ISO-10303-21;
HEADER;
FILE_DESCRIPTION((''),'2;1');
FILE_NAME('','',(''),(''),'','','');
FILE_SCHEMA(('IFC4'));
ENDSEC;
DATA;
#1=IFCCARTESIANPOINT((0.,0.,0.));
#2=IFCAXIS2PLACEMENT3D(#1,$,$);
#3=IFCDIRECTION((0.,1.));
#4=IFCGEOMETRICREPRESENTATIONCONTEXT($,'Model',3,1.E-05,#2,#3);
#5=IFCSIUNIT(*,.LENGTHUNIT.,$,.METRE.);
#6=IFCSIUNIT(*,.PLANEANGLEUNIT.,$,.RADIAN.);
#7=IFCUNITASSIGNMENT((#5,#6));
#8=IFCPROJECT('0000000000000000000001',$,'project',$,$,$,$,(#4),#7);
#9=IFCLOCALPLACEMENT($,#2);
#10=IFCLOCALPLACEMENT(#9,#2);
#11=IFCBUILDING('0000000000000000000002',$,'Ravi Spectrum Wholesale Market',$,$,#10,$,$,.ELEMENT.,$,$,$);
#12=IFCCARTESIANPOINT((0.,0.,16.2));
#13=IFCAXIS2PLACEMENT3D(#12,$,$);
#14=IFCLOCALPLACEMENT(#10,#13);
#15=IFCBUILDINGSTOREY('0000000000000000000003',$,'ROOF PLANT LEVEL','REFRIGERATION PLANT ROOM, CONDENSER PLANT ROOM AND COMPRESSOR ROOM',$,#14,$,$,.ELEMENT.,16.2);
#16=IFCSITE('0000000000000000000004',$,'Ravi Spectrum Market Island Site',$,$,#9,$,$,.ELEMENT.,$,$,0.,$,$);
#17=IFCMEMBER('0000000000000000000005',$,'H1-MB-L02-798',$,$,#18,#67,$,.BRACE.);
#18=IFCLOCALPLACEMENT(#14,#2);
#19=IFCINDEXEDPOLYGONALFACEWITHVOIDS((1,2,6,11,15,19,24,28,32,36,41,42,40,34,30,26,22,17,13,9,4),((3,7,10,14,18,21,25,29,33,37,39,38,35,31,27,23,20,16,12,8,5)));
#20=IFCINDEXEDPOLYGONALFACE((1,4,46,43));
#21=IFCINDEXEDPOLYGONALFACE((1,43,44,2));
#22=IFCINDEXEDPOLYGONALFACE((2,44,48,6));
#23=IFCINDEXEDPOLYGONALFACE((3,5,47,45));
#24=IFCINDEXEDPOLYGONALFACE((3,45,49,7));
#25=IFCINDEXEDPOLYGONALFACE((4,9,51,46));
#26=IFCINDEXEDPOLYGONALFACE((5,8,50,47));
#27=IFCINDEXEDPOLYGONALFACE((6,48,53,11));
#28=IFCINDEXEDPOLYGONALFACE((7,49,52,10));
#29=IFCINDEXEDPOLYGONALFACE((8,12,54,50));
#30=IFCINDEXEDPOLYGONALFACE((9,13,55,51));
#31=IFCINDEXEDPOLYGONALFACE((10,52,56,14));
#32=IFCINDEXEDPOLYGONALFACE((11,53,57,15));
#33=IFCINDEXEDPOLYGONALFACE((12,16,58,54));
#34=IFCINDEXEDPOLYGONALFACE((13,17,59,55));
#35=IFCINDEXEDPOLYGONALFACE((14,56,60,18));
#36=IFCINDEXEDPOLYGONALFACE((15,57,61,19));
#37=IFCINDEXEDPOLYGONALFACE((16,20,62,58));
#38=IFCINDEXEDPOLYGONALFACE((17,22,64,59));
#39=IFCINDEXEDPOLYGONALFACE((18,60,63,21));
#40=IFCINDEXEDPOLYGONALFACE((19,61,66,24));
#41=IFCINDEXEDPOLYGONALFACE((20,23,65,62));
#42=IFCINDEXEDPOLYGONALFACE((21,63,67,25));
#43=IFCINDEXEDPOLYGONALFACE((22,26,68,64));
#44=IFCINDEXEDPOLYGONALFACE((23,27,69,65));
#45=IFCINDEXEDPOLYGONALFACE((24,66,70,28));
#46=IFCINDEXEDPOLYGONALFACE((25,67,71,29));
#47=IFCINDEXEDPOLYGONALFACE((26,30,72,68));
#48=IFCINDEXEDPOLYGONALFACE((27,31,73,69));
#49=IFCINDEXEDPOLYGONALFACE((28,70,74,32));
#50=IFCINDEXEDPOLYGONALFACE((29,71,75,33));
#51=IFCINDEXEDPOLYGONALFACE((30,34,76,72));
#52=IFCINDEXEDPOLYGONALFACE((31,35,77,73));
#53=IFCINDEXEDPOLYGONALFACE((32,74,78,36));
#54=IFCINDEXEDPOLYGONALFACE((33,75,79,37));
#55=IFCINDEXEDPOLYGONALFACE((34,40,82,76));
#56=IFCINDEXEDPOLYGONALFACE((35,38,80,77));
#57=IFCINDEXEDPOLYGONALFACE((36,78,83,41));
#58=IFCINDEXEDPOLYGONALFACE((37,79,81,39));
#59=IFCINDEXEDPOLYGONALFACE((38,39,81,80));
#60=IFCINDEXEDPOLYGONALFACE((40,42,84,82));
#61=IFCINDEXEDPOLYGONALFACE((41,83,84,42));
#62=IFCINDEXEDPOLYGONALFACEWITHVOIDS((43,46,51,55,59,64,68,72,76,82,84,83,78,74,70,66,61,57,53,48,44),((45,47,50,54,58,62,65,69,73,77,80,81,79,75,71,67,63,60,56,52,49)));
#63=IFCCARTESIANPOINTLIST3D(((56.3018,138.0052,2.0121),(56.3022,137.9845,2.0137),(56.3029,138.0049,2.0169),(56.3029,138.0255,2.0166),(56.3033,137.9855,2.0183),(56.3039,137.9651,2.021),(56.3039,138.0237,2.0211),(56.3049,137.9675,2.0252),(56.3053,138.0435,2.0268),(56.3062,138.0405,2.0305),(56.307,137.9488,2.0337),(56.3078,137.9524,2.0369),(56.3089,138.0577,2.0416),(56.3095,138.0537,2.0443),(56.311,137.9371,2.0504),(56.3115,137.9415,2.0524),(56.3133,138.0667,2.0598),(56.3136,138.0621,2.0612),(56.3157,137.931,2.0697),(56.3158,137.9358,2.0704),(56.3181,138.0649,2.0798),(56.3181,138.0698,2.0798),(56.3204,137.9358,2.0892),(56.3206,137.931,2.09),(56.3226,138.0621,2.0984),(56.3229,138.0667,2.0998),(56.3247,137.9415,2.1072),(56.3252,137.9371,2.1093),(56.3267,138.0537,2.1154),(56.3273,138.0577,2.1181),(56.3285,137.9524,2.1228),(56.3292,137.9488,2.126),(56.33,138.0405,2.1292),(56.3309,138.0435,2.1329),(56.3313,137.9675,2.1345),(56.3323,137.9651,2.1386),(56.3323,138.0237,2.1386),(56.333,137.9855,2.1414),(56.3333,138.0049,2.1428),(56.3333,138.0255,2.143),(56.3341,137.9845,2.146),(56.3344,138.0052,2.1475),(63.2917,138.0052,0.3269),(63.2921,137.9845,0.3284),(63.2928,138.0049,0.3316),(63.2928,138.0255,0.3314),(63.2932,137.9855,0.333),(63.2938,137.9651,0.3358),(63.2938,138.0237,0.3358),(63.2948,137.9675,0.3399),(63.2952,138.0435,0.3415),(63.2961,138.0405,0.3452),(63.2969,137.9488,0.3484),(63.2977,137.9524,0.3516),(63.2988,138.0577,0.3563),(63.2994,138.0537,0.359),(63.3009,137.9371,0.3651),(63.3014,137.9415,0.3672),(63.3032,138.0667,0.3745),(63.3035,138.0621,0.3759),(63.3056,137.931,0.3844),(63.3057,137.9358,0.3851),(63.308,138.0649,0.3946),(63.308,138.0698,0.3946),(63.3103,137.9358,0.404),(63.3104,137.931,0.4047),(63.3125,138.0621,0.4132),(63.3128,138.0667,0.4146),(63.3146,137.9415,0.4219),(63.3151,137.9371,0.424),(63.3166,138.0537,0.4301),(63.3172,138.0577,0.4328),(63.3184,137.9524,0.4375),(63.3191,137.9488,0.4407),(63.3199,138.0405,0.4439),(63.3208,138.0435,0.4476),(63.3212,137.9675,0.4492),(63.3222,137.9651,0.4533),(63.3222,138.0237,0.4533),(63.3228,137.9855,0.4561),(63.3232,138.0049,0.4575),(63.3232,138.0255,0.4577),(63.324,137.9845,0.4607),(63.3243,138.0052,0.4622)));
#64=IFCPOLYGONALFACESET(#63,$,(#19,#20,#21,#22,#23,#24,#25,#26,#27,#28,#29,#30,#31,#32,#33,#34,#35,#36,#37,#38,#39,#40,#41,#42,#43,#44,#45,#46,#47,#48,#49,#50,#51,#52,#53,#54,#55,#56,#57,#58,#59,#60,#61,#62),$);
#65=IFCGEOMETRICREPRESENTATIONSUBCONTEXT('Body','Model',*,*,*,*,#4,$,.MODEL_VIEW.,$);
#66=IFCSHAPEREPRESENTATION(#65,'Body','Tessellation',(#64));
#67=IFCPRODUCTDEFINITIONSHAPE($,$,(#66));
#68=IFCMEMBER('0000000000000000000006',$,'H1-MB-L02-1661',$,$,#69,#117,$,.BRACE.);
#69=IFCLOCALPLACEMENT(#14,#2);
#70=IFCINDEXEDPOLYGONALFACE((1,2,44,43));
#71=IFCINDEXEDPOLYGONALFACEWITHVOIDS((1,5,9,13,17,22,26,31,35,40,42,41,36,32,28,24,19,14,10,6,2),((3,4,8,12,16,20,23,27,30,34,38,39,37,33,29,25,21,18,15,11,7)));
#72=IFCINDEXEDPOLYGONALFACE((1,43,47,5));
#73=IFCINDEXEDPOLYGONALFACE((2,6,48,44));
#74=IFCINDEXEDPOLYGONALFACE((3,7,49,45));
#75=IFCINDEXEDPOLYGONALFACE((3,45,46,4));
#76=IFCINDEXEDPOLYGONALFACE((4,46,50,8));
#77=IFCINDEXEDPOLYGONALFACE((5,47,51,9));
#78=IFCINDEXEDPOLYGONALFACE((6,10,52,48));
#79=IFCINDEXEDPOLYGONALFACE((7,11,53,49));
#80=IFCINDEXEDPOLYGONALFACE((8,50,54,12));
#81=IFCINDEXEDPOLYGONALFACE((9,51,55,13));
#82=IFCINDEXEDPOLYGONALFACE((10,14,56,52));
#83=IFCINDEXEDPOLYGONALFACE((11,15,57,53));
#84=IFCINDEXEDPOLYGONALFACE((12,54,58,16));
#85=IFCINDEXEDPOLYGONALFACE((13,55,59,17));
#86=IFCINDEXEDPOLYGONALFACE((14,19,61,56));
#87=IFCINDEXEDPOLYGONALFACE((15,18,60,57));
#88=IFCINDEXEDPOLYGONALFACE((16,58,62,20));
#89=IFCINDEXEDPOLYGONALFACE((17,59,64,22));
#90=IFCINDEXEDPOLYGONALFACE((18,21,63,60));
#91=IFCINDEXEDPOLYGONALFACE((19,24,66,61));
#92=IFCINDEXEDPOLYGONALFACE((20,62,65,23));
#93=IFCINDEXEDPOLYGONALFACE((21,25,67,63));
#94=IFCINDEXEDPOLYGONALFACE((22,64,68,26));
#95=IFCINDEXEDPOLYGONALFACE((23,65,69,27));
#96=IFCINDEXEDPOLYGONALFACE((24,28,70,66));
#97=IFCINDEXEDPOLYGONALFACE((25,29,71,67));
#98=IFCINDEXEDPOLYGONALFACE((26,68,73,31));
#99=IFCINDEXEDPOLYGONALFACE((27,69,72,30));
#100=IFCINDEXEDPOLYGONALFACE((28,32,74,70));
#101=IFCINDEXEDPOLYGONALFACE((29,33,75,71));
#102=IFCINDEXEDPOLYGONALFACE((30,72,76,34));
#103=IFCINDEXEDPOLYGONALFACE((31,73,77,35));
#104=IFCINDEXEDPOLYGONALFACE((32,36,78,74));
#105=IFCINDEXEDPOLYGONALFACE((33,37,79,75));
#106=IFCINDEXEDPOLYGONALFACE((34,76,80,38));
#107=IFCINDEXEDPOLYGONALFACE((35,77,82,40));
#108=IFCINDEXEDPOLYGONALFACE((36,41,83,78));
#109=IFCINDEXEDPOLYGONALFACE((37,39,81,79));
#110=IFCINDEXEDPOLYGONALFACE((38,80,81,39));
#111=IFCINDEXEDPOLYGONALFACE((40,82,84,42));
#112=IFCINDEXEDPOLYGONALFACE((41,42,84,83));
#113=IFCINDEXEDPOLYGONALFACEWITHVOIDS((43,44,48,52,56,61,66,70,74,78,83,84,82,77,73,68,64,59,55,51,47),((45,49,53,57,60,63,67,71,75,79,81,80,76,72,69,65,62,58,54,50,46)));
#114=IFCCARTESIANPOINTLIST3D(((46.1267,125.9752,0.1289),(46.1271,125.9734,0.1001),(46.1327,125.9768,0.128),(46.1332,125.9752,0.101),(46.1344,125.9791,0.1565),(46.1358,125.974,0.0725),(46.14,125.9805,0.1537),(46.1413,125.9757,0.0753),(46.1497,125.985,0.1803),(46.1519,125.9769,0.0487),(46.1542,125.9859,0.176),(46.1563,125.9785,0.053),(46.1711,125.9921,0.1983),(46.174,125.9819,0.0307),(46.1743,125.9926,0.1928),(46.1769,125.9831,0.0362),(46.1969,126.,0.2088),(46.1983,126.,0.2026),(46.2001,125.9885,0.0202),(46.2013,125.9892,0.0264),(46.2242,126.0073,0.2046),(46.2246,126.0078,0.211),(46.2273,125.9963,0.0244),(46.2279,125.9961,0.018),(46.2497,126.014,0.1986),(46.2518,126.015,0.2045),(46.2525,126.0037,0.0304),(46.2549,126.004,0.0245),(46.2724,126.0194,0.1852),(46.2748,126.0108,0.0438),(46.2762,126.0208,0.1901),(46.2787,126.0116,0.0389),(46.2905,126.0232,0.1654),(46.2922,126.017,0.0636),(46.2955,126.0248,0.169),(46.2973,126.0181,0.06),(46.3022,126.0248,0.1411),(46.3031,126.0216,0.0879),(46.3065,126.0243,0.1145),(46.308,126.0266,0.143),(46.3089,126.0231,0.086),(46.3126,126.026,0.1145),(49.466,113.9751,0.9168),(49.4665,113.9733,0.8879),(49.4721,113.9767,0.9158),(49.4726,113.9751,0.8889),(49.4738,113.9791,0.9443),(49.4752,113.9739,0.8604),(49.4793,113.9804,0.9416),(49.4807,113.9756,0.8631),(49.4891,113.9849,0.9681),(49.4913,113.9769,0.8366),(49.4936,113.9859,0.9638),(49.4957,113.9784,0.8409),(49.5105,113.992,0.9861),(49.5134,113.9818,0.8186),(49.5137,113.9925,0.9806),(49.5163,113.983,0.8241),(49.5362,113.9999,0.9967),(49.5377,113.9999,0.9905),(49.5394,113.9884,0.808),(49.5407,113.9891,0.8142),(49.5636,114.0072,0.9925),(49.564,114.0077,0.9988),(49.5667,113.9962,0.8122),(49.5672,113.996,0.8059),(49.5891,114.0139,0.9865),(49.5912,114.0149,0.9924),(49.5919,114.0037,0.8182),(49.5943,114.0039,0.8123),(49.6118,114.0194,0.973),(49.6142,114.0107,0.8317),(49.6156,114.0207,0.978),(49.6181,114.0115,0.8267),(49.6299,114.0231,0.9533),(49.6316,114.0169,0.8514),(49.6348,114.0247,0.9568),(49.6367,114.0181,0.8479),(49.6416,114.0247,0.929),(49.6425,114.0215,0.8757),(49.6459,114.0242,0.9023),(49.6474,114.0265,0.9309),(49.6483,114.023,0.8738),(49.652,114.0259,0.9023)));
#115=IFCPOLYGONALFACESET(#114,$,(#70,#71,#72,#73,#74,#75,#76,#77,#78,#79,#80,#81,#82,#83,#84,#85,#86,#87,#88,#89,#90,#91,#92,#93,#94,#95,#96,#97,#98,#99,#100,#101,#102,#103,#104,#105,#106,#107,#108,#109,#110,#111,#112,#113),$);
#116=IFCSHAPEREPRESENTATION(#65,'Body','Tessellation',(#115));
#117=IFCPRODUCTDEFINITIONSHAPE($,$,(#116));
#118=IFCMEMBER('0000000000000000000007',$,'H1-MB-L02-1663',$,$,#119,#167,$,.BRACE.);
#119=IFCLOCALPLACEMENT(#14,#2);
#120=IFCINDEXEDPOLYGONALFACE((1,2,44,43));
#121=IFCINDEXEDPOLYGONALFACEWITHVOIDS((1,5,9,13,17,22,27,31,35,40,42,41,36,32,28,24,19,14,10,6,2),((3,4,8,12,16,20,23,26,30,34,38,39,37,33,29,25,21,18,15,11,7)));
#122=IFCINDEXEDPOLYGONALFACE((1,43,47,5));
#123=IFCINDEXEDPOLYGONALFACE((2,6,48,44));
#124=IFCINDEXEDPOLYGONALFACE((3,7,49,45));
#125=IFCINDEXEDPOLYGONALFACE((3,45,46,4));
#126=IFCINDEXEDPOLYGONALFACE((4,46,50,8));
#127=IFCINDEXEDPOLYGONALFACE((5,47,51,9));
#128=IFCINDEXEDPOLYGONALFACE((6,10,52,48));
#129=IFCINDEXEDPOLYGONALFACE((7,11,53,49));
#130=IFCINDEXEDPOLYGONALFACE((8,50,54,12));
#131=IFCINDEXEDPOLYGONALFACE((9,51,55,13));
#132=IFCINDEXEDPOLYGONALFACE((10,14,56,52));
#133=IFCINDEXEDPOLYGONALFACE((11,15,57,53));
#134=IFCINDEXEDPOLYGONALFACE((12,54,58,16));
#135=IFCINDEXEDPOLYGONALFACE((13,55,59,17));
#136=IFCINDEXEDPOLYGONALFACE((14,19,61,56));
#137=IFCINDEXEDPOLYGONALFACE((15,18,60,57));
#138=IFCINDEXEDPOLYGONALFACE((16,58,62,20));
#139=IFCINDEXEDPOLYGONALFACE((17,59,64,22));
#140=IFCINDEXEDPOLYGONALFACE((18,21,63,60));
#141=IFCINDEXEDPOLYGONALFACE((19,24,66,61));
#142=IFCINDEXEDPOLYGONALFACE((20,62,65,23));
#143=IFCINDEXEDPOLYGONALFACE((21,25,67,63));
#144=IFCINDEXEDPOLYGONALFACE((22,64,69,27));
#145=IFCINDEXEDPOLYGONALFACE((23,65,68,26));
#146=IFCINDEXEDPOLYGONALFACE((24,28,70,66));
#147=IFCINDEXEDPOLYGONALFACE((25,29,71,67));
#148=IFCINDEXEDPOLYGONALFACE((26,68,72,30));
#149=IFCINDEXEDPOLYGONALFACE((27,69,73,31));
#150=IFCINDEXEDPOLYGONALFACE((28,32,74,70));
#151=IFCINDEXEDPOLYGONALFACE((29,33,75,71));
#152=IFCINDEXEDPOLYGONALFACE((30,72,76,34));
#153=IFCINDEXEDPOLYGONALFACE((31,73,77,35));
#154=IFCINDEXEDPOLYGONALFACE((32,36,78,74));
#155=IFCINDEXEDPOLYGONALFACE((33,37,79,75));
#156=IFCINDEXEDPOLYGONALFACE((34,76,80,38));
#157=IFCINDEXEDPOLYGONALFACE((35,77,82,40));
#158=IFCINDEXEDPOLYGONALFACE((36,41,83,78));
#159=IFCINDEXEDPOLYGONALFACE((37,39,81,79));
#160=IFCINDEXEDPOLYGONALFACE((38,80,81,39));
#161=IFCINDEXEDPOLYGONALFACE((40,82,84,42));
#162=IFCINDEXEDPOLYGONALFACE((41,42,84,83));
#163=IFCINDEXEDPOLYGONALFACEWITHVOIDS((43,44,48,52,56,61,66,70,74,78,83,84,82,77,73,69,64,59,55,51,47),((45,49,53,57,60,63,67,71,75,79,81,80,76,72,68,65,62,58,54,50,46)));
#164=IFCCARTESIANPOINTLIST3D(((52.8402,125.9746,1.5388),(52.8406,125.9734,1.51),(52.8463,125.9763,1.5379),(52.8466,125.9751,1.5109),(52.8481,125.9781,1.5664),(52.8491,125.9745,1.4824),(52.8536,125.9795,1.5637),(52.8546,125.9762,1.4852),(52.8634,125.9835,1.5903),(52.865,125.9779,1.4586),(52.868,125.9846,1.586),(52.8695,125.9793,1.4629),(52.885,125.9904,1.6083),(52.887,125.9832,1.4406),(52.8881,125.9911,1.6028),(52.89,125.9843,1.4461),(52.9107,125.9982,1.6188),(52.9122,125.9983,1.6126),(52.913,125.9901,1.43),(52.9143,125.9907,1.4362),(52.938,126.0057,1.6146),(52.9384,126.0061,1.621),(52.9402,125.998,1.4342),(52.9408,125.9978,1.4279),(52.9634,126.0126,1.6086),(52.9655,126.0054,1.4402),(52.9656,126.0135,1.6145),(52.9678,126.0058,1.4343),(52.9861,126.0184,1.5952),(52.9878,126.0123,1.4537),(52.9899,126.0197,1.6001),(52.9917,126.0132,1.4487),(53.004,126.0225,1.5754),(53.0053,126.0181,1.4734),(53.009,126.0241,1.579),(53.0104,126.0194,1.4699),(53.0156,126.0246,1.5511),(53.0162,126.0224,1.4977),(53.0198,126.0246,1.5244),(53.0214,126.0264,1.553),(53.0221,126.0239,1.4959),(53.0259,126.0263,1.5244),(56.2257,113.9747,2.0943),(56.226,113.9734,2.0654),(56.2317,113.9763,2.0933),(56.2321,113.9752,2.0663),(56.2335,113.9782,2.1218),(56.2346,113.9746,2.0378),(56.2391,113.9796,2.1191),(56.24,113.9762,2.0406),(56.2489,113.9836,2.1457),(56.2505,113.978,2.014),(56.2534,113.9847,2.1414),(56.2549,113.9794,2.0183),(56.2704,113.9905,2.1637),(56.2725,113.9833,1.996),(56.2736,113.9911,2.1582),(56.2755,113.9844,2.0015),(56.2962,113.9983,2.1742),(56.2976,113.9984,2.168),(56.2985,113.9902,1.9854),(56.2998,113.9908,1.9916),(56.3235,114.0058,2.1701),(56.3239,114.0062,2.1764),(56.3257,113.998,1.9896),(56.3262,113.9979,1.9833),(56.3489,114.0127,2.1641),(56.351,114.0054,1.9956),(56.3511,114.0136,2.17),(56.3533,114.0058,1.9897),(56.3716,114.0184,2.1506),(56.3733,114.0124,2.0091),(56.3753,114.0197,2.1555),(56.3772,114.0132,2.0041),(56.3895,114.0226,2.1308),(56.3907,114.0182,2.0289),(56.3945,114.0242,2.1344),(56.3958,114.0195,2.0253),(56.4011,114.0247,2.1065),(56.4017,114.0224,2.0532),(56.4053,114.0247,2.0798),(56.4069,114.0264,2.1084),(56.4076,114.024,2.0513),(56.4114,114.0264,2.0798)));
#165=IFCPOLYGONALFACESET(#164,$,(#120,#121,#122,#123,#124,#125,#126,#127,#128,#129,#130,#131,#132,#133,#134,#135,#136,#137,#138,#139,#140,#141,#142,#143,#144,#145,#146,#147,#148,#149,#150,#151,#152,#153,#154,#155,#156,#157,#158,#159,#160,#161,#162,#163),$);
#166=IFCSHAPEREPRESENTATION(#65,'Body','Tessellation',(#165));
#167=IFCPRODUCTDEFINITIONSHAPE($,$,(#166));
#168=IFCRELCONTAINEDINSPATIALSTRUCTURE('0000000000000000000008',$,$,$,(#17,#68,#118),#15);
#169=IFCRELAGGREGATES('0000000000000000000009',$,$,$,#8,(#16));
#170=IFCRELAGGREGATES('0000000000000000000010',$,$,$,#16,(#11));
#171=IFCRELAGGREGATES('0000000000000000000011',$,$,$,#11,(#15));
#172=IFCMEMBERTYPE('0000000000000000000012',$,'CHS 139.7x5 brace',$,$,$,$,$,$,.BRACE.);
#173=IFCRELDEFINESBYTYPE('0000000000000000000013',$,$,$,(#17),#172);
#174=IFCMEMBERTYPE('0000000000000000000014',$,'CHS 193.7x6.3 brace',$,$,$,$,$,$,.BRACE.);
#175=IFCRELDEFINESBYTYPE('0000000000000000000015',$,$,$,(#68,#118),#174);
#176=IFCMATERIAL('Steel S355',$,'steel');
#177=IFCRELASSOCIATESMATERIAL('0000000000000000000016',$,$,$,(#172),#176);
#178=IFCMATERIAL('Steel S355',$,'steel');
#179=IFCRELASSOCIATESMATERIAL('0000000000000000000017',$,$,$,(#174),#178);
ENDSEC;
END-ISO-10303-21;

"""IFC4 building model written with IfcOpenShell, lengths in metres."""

from ifc_helpers import new_model, si_unit, direction, frame, origin, origin_2d, place, context, subcontext, project, spatial, hollow_circle, extrude, material, material_profile, profile_set, type_object, element, save


model = new_model("IFC4")

# Units and contexts
model_context = context("Model", 3, precision=1e-05, world=origin(), true_north=direction((0.0, 1.0)))
body_context = subcontext(model_context, "Body", "Model", "MODEL_VIEW")
ifc_project = project(units=[si_unit("LENGTHUNIT", "METRE"), si_unit("PLANEANGLEUNIT", "RADIAN")], contexts=[model_context])

# Site, building, storey
site_placement = place(None, origin())
site = spatial("IfcSite", under=ifc_project, at=site_placement, Name="Ravi Spectrum Market Island Site", CompositionType="ELEMENT", RefElevation=0.0)
building_placement = place(site_placement, origin())
building = spatial("IfcBuilding", under=site, at=building_placement, Name="Ravi Spectrum Wholesale Market", CompositionType="ELEMENT")
storey_placement = place(building_placement, frame((0.0, 0.0, 16.2)))
storey = spatial("IfcBuildingStorey", under=building, at=storey_placement, Name="ROOF PLANT LEVEL", Description="REFRIGERATION PLANT ROOM, CONDENSER PLANT ROOM AND COMPRESSOR ROOM", CompositionType="ELEMENT", Elevation=16.2)

# Members
ifc_material_1 = material(Name="Steel S355", Category="steel")
ifc_material_profile_1 = material_profile(ifc_material_1, hollow_circle(Radius=0.0698, WallThickness=0.0049, at=origin_2d()))
ifc_profile_set_1 = profile_set([ifc_material_profile_1], Name="Steel S355")
member_type_1 = type_object("IfcMemberType", Name="CHS 139.7x5 brace", PredefinedType="BRACE", material=ifc_profile_set_1)
member_1_placement = place(storey_placement, frame((56.3181, 138.0, 2.0798), z_axis=(0.972144, 0.0, -0.234386), x_axis=(0.0, 1.0, 0.0)))
element("IfcMember", 1, at=member_1_placement, inside=storey, type_object=member_type_1, Name="H1-MB-L02-798", PredefinedType="BRACE", context=body_context, shape_type="SweptSolid", body=[
    extrude(hollow_circle(Radius=0.0698, WallThickness=0.0049, at=origin_2d()), origin(), (0.0, 0.0, 1.0), 7.1902),
])
ifc_material_2 = material(Name="Steel S355", Category="steel")
ifc_material_profile_2 = material_profile(ifc_material_2, hollow_circle(Radius=0.0969, WallThickness=0.0063, at=origin_2d()))
ifc_profile_set_2 = profile_set([ifc_material_profile_2], Name="Steel S355")
member_type_2 = type_object("IfcMemberType", Name="CHS 193.7x6.3 brace", PredefinedType="BRACE", material=ifc_profile_set_2)
member_2_placement = place(storey_placement, frame((46.2192, 126.0, 0.1145), z_axis=(0.267558, -0.961472, 0.063124), x_axis=(0.963393, 0.268093, 0.0)))
element("IfcMember", 2, at=member_2_placement, inside=storey, type_object=member_type_2, Name="H1-MB-L02-1661", PredefinedType="BRACE", context=body_context, shape_type="SweptSolid", body=[
    extrude(hollow_circle(Radius=0.0969, WallThickness=0.0063, at=origin_2d()), origin(), (0.0, 0.0, 1.0), 12.481),
])
member_3_placement = place(storey_placement, frame((52.9326, 126.0, 1.5244), z_axis=(0.271257, -0.961478, 0.044502), x_axis=(0.962431, 0.271526, 0.0)))
element("IfcMember", 3, at=member_3_placement, inside=storey, type_object=member_type_2, Name="H1-MB-L02-1663", PredefinedType="BRACE", context=body_context, shape_type="SweptSolid", body=[
    extrude(hollow_circle(Radius=0.0969, WallThickness=0.0063, at=origin_2d()), origin(), (0.0, 0.0, 1.0), 12.4807),
])

save(model, "model.ifc")
